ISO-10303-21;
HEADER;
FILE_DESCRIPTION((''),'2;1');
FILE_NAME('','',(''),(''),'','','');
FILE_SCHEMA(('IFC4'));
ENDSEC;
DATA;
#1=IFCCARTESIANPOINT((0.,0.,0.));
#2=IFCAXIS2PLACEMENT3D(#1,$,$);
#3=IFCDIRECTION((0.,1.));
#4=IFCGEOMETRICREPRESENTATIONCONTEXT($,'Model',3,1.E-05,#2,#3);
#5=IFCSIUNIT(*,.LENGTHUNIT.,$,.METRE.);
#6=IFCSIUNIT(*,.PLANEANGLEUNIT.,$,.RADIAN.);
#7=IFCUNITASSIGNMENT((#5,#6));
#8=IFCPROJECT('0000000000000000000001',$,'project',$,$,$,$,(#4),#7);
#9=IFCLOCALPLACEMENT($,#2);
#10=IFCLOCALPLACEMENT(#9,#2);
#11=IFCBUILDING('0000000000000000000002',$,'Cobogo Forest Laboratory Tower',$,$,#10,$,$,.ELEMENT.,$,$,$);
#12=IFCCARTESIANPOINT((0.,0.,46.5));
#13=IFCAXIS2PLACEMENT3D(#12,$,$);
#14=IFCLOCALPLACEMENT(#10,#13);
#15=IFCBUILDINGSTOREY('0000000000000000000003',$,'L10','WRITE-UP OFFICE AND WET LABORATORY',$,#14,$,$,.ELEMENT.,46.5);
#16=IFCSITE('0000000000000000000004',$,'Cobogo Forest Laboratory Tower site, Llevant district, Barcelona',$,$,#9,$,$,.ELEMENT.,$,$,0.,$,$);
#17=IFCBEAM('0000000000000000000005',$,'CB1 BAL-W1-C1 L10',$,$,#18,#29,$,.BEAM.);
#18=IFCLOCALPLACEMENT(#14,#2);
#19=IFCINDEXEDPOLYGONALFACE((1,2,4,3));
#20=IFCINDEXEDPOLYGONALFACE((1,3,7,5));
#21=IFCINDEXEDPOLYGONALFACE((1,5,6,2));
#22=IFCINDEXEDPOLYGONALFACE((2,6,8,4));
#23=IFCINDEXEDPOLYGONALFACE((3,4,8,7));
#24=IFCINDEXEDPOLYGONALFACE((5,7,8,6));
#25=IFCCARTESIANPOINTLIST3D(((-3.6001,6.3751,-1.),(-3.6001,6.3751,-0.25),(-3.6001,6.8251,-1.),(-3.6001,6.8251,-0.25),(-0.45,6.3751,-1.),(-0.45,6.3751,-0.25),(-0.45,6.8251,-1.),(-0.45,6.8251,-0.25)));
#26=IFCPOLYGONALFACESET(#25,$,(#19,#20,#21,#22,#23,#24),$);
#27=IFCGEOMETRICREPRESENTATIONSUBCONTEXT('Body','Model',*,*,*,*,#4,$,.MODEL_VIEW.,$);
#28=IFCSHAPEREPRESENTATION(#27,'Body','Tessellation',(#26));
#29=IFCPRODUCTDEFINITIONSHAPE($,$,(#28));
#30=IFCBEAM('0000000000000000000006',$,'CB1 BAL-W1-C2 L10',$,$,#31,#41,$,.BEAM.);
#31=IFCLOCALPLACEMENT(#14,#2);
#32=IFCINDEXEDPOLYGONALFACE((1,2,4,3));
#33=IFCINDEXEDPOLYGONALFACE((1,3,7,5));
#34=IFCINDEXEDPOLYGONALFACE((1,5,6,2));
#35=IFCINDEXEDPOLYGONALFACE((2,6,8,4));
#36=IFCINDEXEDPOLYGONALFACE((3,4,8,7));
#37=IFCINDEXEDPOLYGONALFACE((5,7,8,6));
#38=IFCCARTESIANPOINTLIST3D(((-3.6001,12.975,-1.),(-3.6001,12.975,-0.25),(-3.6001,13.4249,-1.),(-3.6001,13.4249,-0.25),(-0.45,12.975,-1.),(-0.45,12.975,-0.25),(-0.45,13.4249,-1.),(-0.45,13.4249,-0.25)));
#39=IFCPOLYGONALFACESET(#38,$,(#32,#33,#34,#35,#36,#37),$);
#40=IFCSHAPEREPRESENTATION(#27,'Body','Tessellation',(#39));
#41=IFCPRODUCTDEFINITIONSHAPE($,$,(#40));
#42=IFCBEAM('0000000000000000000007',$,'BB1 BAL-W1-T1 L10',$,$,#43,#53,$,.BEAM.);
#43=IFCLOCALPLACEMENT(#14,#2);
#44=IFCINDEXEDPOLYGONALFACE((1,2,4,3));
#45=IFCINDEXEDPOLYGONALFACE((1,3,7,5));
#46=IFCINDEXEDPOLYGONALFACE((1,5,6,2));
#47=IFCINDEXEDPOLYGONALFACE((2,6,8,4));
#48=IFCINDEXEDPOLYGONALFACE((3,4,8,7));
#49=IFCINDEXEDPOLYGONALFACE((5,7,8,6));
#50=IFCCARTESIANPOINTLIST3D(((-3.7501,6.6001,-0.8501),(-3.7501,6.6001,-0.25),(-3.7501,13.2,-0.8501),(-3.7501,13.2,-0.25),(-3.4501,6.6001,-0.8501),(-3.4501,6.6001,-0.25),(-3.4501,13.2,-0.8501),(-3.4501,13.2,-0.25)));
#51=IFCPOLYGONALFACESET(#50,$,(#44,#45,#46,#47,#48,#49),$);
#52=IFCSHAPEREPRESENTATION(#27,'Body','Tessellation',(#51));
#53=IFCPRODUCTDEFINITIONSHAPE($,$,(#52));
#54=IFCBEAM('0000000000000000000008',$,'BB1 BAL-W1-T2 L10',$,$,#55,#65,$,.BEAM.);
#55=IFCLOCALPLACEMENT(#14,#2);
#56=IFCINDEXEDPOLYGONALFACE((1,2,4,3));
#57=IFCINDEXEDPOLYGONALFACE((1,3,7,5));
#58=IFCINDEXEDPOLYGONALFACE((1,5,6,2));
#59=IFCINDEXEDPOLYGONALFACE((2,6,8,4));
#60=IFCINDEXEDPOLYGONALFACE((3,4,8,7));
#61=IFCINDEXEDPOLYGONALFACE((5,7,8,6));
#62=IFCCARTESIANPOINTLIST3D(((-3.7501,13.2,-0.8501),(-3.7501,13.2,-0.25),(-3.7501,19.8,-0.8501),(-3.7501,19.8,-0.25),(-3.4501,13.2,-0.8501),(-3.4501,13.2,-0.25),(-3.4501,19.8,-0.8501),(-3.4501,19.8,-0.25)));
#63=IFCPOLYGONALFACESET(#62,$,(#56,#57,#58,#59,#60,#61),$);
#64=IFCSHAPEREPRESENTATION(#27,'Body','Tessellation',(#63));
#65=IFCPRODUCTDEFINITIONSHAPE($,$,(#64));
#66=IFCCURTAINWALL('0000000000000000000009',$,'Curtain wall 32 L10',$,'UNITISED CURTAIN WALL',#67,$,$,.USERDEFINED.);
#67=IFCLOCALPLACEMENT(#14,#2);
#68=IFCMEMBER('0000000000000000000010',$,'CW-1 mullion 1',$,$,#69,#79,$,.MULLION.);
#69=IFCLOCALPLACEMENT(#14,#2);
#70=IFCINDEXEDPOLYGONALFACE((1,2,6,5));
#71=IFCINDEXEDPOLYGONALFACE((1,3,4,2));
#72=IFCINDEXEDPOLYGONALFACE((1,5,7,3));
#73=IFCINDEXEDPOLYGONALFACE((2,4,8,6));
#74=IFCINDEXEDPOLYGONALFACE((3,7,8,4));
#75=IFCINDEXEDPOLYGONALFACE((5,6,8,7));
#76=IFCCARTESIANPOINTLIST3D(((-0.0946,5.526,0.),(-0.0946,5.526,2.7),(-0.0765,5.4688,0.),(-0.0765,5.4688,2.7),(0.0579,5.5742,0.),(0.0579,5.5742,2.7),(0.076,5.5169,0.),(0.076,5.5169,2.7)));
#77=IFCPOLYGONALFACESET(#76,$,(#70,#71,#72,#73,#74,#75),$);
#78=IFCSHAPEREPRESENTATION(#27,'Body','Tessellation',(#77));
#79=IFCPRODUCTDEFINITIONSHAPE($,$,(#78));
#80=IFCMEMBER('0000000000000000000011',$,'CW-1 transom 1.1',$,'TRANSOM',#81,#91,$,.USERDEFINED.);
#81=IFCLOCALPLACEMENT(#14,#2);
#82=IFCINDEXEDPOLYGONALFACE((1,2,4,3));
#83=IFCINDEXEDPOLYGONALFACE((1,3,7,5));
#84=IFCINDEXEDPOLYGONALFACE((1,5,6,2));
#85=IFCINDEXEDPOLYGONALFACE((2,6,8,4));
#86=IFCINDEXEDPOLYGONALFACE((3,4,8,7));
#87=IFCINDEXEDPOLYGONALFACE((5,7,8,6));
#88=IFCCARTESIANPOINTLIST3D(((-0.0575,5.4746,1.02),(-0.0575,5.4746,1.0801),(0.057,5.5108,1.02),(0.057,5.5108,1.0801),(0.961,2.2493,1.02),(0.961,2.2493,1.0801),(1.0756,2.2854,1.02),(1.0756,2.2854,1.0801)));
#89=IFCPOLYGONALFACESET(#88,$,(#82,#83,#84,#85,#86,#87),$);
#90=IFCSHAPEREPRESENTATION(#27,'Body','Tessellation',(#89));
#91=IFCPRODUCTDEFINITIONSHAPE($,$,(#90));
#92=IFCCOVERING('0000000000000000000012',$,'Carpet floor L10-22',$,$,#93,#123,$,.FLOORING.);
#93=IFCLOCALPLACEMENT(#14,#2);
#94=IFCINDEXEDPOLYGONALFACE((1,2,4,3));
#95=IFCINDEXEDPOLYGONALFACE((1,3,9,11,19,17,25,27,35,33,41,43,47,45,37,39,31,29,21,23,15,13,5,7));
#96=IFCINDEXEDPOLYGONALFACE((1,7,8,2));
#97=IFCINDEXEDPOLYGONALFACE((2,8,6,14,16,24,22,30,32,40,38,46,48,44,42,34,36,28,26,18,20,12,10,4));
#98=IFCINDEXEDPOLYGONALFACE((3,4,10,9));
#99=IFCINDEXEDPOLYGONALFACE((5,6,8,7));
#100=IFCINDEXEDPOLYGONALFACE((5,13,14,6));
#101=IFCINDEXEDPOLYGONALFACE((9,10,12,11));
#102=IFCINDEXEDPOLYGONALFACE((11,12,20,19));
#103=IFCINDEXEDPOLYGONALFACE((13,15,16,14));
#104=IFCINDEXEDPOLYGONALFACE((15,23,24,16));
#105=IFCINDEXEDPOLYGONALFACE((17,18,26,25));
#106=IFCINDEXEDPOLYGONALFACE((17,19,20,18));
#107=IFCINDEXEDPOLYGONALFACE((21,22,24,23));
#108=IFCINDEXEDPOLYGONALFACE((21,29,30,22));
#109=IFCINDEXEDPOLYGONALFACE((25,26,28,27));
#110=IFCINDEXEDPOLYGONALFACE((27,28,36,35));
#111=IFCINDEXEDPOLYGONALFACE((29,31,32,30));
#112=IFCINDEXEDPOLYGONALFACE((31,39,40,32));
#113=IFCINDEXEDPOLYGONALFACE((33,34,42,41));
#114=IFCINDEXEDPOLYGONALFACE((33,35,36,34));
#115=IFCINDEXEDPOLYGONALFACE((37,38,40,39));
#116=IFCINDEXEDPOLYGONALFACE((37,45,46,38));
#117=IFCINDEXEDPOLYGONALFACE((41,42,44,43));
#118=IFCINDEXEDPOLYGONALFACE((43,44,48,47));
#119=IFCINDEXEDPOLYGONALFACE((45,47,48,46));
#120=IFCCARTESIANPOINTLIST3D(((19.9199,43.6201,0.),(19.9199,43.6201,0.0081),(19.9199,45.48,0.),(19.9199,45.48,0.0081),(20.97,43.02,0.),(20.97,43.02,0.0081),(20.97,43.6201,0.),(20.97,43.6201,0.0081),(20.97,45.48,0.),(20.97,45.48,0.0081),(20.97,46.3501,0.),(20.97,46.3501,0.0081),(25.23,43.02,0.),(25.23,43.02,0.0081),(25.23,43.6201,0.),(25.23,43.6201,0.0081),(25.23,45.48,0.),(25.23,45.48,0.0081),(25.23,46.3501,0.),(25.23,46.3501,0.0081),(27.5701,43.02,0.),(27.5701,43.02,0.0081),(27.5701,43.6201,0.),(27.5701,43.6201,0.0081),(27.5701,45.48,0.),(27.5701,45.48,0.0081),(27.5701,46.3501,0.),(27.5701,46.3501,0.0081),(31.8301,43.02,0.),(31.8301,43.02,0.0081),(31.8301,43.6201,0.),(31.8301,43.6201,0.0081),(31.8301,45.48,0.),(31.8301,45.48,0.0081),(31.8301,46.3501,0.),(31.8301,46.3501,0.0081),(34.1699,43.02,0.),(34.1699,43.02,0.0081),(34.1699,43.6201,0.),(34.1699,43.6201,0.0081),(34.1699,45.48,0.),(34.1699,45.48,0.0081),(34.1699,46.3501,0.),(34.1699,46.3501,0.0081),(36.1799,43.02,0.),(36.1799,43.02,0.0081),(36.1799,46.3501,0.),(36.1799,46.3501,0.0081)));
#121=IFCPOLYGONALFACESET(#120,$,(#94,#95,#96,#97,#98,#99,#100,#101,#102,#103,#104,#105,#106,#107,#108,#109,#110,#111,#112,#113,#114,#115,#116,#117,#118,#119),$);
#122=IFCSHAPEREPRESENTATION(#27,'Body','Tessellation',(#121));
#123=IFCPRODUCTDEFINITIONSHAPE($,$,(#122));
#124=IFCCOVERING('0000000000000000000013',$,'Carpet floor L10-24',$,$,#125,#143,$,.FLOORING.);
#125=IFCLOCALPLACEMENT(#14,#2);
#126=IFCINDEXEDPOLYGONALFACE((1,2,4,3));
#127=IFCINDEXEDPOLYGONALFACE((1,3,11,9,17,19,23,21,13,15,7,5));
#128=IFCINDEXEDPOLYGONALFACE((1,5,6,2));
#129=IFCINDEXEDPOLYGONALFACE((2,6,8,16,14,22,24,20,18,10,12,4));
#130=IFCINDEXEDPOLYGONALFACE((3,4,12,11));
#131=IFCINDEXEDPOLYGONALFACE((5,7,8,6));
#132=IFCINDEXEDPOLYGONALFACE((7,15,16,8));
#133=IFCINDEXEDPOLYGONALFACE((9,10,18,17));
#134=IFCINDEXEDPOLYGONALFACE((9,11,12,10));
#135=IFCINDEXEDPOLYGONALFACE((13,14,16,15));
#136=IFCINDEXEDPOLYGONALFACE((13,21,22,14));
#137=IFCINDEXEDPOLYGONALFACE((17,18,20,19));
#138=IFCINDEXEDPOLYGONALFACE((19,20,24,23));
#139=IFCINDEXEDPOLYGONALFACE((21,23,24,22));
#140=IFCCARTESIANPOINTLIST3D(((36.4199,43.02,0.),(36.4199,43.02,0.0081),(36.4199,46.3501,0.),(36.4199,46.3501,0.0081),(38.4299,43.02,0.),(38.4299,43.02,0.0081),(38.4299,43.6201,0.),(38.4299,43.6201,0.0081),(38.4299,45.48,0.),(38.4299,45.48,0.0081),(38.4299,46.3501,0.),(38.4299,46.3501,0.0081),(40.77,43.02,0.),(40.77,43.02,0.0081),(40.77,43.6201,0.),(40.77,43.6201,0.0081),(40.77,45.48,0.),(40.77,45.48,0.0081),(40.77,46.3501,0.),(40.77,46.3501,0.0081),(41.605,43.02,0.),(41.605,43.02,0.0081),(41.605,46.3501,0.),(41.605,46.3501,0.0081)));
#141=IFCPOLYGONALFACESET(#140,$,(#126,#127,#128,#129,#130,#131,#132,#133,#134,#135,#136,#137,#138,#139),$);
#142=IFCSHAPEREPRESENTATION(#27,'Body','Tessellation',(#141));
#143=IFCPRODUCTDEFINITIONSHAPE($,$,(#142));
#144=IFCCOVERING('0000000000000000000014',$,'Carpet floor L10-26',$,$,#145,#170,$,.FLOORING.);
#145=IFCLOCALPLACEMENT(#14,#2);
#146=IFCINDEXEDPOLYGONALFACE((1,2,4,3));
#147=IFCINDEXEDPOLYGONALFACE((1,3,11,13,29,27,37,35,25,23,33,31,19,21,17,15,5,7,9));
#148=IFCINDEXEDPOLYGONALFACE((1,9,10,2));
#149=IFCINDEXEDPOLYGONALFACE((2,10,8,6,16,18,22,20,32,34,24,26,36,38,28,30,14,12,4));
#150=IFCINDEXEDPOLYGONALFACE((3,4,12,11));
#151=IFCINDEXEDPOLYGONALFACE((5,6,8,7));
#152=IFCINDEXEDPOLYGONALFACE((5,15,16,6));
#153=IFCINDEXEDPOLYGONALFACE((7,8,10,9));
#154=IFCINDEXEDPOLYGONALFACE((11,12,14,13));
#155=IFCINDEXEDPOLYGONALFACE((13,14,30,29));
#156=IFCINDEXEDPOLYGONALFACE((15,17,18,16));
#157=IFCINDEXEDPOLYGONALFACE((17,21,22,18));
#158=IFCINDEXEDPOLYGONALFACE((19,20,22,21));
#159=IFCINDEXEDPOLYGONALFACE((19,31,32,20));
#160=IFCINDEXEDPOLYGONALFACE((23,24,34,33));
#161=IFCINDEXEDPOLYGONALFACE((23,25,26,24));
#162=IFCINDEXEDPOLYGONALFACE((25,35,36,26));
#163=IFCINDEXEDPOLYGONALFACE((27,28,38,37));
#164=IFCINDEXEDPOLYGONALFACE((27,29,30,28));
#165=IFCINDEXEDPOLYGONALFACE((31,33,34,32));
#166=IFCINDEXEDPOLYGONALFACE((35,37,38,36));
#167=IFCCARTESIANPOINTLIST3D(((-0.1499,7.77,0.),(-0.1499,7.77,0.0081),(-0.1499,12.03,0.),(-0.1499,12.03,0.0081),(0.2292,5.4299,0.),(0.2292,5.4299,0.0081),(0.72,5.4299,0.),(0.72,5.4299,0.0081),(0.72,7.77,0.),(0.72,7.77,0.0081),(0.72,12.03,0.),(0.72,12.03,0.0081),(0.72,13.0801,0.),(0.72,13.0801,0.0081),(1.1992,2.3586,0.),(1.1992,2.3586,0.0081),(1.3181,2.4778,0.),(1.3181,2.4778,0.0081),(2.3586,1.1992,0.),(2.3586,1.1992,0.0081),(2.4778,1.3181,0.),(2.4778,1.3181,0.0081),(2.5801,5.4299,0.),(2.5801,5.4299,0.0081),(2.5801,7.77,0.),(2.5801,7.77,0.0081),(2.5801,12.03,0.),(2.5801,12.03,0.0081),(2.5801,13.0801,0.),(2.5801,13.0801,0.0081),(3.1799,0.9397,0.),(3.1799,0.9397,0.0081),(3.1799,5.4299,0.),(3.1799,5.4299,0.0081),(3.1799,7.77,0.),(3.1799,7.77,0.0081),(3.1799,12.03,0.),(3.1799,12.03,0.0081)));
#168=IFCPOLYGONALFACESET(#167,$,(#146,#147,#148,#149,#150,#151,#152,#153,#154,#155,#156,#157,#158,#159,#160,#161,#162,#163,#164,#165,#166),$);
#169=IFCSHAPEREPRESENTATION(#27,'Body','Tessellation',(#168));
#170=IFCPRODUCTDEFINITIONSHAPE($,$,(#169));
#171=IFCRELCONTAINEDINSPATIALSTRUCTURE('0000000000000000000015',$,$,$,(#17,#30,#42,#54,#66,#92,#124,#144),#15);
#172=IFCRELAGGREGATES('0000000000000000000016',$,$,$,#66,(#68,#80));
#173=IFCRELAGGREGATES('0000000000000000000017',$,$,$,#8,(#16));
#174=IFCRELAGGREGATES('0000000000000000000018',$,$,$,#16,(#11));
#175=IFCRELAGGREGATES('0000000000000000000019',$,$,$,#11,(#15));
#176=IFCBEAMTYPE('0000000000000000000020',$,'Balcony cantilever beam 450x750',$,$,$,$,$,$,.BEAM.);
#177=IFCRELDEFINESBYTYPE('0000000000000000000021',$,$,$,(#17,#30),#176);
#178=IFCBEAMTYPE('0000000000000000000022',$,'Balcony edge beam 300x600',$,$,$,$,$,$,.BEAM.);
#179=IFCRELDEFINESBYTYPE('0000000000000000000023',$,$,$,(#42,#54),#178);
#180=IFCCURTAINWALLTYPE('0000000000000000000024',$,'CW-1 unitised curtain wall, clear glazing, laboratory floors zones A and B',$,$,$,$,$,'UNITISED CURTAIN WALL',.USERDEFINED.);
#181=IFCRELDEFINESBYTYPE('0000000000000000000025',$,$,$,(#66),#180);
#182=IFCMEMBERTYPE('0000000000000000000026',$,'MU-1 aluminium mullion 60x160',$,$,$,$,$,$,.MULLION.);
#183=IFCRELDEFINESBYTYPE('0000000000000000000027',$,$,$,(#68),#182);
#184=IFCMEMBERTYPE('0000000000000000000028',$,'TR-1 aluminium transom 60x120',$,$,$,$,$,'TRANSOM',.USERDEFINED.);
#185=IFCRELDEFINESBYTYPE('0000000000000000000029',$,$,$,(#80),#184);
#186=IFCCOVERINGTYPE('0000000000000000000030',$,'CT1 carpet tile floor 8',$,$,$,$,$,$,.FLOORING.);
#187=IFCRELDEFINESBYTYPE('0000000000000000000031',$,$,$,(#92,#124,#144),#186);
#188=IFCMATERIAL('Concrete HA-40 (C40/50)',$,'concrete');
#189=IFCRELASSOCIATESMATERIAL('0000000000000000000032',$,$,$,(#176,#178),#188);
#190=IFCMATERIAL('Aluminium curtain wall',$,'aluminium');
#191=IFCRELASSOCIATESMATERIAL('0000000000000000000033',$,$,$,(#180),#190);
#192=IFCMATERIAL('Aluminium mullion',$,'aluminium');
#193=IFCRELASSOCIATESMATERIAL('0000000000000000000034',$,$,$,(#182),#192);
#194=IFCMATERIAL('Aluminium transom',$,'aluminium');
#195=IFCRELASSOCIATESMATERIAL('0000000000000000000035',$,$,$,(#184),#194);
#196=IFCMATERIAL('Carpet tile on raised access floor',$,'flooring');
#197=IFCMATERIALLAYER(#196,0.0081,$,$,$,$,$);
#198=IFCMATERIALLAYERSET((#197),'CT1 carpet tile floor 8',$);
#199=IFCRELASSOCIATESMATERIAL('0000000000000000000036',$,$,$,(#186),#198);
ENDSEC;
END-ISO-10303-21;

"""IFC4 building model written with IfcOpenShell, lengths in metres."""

from ifc_helpers import new_model, si_unit, direction, frame, origin, origin_2d, place, context, subcontext, project, spatial, polyline, rectangle, outline, extrude, material, layer, layer_set, material_profile, profile_set, type_object, element, aggregate, save


model = new_model("IFC4")

# Units and contexts
model_context = context("Model", 3, precision=1e-05, world=origin(), true_north=direction((0.0, 1.0)))
body_context = subcontext(model_context, "Body", "Model", "MODEL_VIEW")
ifc_project = project(units=[si_unit("LENGTHUNIT", "METRE"), si_unit("PLANEANGLEUNIT", "RADIAN")], contexts=[model_context])

# Site, building, storey
site_placement = place(None, origin())
site = spatial("IfcSite", under=ifc_project, at=site_placement, Name="Cobogo Forest Laboratory Tower site, Llevant district, Barcelona", CompositionType="ELEMENT", RefElevation=0.0)
building_placement = place(site_placement, origin())
building = spatial("IfcBuilding", under=site, at=building_placement, Name="Cobogo Forest Laboratory Tower", CompositionType="ELEMENT")
storey_placement = place(building_placement, frame((0.0, 0.0, 46.5)))
storey = spatial("IfcBuildingStorey", under=building, at=storey_placement, Name="L10", Description="WRITE-UP OFFICE AND WET LABORATORY", CompositionType="ELEMENT", Elevation=46.5)

# Beams
ifc_material_1 = material(Name="Concrete HA-40 (C40/50)", Category="concrete")
ifc_material_profile_1 = material_profile(ifc_material_1, rectangle(XDim=0.45, YDim=0.75, at=origin_2d()), Name="RC 450x750")
ifc_profile_set_1 = profile_set([ifc_material_profile_1], Name="Concrete HA-40 (C40/50)")
beam_type_1 = type_object("IfcBeamType", Name="Balcony cantilever beam 450x750", PredefinedType="BEAM", material=ifc_profile_set_1)
for number, where, z_axis, x_axis, name in (
    (1, (-0.45, 6.6001, -0.625), (-1.0, 0.0, 0.0), (0.0, -1.0, 0.0), "CB1 BAL-W1-C1 L10"),
    (2, (-0.45, 13.2, -0.625), (-1.0, 0.0, 0.0), (0.0, -1.0, 0.0), "CB1 BAL-W1-C2 L10"),
):
    element("IfcBeam", number, at=place(storey_placement, frame(where, z_axis=z_axis, x_axis=x_axis)), inside=storey, type_object=beam_type_1, Name=name, PredefinedType="BEAM", context=body_context, shape_type="SweptSolid", body=[
        extrude(rectangle(XDim=0.45, YDim=0.75, at=origin_2d()), origin(), (0.0, 0.0, 1.0), 3.1501),
    ])
ifc_material_profile_2 = material_profile(ifc_material_1, rectangle(XDim=0.3, YDim=0.6001, at=origin_2d()), Name="RC 300x600")
ifc_profile_set_2 = profile_set([ifc_material_profile_2], Name="Concrete HA-40 (C40/50)")
beam_type_2 = type_object("IfcBeamType", Name="Balcony edge beam 300x600", PredefinedType="BEAM", material=ifc_profile_set_2)
beam_1_placement = place(storey_placement, frame((-3.6001, 6.6001, -0.55), z_axis=(0.0, 1.0, 0.0), x_axis=(-1.0, 0.0, 0.0)))
element("IfcBeam", 3, at=beam_1_placement, inside=storey, type_object=beam_type_2, Name="BB1 BAL-W1-T1 L10", PredefinedType="BEAM", context=body_context, shape_type="SweptSolid", body=[
    extrude(rectangle(XDim=0.3, YDim=0.6001, at=origin_2d()), origin(), (0.0, 0.0, 1.0), 6.5999),
])
beam_2_placement = place(storey_placement, frame((-3.6001, 13.2, -0.55), z_axis=(0.0, 1.0, 0.0), x_axis=(-1.0, 0.0, 0.0)))
element("IfcBeam", 4, at=beam_2_placement, inside=storey, type_object=beam_type_2, Name="BB1 BAL-W1-T2 L10", PredefinedType="BEAM", context=body_context, shape_type="SweptSolid", body=[
    extrude(rectangle(XDim=0.3, YDim=0.6001, at=origin_2d()), origin(), (0.0, 0.0, 1.0), 6.6001),
])

# Curtain wall, members
ifc_material_2 = material(Name="Aluminium curtain wall", Category="aluminium")
curtain_wall_type = type_object("IfcCurtainWallType", Name="CW-1 unitised curtain wall, clear glazing, laboratory floors zones A and B", ElementType="UNITISED CURTAIN WALL", PredefinedType="USERDEFINED", material=ifc_material_2)
curtain_wall_placement = place(storey_placement, origin())
curtain_wall = element("IfcCurtainWall", 5, at=curtain_wall_placement, inside=storey, type_object=curtain_wall_type, Name="Curtain wall 32 L10", ObjectType="UNITISED CURTAIN WALL", PredefinedType="USERDEFINED")
ifc_material_3 = material(Name="Aluminium mullion", Category="aluminium")
ifc_material_profile_3 = material_profile(ifc_material_3, rectangle(XDim=0.0601, YDim=0.1599, at=origin_2d()), Name="AL 60x160")
ifc_profile_set_3 = profile_set([ifc_material_profile_3], Name="Aluminium mullion")
member_type_1 = type_object("IfcMemberType", Name="MU-1 aluminium mullion 60x160", PredefinedType="MULLION", material=ifc_profile_set_3)
member_1_placement = place(storey_placement, frame((-0.0093, 5.5215, 0.0), z_axis=(0.0, 0.0, 1.0), x_axis=(0.301135, -0.953581, 0.0)))
member_1 = element("IfcMember", 6, at=member_1_placement, type_object=member_type_1, Name="CW-1 mullion 1", PredefinedType="MULLION", context=body_context, shape_type="SweptSolid", body=[
    extrude(rectangle(XDim=0.0601, YDim=0.1599, at=origin_2d()), origin(), (0.0, 0.0, 1.0), 2.7),
])
ifc_material_4 = material(Name="Aluminium transom", Category="aluminium")
ifc_material_profile_4 = material_profile(ifc_material_4, rectangle(XDim=0.1201, YDim=0.0601, at=origin_2d()), Name="AL 60x120")
ifc_profile_set_4 = profile_set([ifc_material_profile_4], Name="Aluminium transom")
member_type_2 = type_object("IfcMemberType", Name="TR-1 aluminium transom 60x120", ElementType="TRANSOM", PredefinedType="USERDEFINED", material=ifc_profile_set_4)
member_2_placement = place(storey_placement, frame((-0.0002, 5.4927, 1.05), z_axis=(0.301138, -0.95358, 0.0), x_axis=(0.95358, 0.301138, 0.0)))
member_2 = element("IfcMember", 7, at=member_2_placement, type_object=member_type_2, Name="CW-1 transom 1.1", ObjectType="TRANSOM", PredefinedType="USERDEFINED", context=body_context, shape_type="SweptSolid", body=[
    extrude(rectangle(XDim=0.1201, YDim=0.0601, at=origin_2d()), origin(), (0.0, 0.0, 1.0), 3.3823),
])
aggregate(curtain_wall, [member_1, member_2])

# Coverings
ifc_material_5 = material(Name="Carpet tile on raised access floor", Category="flooring")
ifc_layer_1 = layer(ifc_material_5, 0.0081)
ifc_layer_set_1 = layer_set([ifc_layer_1], Name="CT1 carpet tile floor 8")
covering_type_1 = type_object("IfcCoveringType", Name="CT1 carpet tile floor 8", PredefinedType="FLOORING", material=ifc_layer_set_1)
covering_1_placement = place(storey_placement, origin())
element("IfcCovering", 8, at=covering_1_placement, inside=storey, type_object=covering_type_1, Name="Carpet floor L10-22", PredefinedType="FLOORING", context=body_context, shape_type="SweptSolid", body=[
    extrude(outline(polyline([(34.1699, 43.02), (34.1699, 43.6201), (31.8301, 43.6201), (31.8301, 43.02), (27.5701, 43.02), (27.5701, 43.6201), (25.23, 43.6201), (25.23, 43.02), (20.97, 43.02), (20.97, 43.6201), (19.9199, 43.6201), (19.9199, 45.48), (20.97, 45.48), (20.97, 46.3501), (25.23, 46.3501), (25.23, 45.48), (27.5701, 45.48), (27.5701, 46.3501), (31.8301, 46.3501), (31.8301, 45.48), (34.1699, 45.48), (34.1699, 46.3501), (36.1799, 46.3501), (36.1799, 43.02), (34.1699, 43.02)])), origin(), (0.0, 0.0, 1.0), 0.0081),
])
covering_2_placement = place(storey_placement, origin())
element("IfcCovering", 9, at=covering_2_placement, inside=storey, type_object=covering_type_1, Name="Carpet floor L10-24", PredefinedType="FLOORING", context=body_context, shape_type="SweptSolid", body=[
    extrude(outline(polyline([(40.77, 43.02), (40.77, 43.6201), (38.4299, 43.6201), (38.4299, 43.02), (36.4199, 43.02), (36.4199, 46.3501), (38.4299, 46.3501), (38.4299, 45.48), (40.77, 45.48), (40.77, 46.3501), (41.605, 46.3501), (41.605, 43.02), (40.77, 43.02)])), origin(), (0.0, 0.0, 1.0), 0.0081),
])
covering_3_placement = place(storey_placement, origin())
element("IfcCovering", 10, at=covering_3_placement, inside=storey, type_object=covering_type_1, Name="Carpet floor L10-26", PredefinedType="FLOORING", context=body_context, shape_type="SweptSolid", body=[
    extrude(outline(polyline([(3.1799, 7.77), (2.5801, 7.77), (2.5801, 5.4299), (3.1799, 5.4299), (3.1799, 0.9397), (2.3586, 1.1992), (2.4778, 1.3181), (1.3181, 2.4778), (1.1992, 2.3586), (0.2292, 5.4299), (0.72, 5.4299), (0.72, 7.77), (-0.1499, 7.77), (-0.1499, 12.03), (0.72, 12.03), (0.72, 13.0801), (2.5801, 13.0801), (2.5801, 12.03), (3.1799, 12.03), (3.1799, 7.77)])), origin(), (0.0, 0.0, 1.0), 0.0081),
])

save(model, "model.ifc")
